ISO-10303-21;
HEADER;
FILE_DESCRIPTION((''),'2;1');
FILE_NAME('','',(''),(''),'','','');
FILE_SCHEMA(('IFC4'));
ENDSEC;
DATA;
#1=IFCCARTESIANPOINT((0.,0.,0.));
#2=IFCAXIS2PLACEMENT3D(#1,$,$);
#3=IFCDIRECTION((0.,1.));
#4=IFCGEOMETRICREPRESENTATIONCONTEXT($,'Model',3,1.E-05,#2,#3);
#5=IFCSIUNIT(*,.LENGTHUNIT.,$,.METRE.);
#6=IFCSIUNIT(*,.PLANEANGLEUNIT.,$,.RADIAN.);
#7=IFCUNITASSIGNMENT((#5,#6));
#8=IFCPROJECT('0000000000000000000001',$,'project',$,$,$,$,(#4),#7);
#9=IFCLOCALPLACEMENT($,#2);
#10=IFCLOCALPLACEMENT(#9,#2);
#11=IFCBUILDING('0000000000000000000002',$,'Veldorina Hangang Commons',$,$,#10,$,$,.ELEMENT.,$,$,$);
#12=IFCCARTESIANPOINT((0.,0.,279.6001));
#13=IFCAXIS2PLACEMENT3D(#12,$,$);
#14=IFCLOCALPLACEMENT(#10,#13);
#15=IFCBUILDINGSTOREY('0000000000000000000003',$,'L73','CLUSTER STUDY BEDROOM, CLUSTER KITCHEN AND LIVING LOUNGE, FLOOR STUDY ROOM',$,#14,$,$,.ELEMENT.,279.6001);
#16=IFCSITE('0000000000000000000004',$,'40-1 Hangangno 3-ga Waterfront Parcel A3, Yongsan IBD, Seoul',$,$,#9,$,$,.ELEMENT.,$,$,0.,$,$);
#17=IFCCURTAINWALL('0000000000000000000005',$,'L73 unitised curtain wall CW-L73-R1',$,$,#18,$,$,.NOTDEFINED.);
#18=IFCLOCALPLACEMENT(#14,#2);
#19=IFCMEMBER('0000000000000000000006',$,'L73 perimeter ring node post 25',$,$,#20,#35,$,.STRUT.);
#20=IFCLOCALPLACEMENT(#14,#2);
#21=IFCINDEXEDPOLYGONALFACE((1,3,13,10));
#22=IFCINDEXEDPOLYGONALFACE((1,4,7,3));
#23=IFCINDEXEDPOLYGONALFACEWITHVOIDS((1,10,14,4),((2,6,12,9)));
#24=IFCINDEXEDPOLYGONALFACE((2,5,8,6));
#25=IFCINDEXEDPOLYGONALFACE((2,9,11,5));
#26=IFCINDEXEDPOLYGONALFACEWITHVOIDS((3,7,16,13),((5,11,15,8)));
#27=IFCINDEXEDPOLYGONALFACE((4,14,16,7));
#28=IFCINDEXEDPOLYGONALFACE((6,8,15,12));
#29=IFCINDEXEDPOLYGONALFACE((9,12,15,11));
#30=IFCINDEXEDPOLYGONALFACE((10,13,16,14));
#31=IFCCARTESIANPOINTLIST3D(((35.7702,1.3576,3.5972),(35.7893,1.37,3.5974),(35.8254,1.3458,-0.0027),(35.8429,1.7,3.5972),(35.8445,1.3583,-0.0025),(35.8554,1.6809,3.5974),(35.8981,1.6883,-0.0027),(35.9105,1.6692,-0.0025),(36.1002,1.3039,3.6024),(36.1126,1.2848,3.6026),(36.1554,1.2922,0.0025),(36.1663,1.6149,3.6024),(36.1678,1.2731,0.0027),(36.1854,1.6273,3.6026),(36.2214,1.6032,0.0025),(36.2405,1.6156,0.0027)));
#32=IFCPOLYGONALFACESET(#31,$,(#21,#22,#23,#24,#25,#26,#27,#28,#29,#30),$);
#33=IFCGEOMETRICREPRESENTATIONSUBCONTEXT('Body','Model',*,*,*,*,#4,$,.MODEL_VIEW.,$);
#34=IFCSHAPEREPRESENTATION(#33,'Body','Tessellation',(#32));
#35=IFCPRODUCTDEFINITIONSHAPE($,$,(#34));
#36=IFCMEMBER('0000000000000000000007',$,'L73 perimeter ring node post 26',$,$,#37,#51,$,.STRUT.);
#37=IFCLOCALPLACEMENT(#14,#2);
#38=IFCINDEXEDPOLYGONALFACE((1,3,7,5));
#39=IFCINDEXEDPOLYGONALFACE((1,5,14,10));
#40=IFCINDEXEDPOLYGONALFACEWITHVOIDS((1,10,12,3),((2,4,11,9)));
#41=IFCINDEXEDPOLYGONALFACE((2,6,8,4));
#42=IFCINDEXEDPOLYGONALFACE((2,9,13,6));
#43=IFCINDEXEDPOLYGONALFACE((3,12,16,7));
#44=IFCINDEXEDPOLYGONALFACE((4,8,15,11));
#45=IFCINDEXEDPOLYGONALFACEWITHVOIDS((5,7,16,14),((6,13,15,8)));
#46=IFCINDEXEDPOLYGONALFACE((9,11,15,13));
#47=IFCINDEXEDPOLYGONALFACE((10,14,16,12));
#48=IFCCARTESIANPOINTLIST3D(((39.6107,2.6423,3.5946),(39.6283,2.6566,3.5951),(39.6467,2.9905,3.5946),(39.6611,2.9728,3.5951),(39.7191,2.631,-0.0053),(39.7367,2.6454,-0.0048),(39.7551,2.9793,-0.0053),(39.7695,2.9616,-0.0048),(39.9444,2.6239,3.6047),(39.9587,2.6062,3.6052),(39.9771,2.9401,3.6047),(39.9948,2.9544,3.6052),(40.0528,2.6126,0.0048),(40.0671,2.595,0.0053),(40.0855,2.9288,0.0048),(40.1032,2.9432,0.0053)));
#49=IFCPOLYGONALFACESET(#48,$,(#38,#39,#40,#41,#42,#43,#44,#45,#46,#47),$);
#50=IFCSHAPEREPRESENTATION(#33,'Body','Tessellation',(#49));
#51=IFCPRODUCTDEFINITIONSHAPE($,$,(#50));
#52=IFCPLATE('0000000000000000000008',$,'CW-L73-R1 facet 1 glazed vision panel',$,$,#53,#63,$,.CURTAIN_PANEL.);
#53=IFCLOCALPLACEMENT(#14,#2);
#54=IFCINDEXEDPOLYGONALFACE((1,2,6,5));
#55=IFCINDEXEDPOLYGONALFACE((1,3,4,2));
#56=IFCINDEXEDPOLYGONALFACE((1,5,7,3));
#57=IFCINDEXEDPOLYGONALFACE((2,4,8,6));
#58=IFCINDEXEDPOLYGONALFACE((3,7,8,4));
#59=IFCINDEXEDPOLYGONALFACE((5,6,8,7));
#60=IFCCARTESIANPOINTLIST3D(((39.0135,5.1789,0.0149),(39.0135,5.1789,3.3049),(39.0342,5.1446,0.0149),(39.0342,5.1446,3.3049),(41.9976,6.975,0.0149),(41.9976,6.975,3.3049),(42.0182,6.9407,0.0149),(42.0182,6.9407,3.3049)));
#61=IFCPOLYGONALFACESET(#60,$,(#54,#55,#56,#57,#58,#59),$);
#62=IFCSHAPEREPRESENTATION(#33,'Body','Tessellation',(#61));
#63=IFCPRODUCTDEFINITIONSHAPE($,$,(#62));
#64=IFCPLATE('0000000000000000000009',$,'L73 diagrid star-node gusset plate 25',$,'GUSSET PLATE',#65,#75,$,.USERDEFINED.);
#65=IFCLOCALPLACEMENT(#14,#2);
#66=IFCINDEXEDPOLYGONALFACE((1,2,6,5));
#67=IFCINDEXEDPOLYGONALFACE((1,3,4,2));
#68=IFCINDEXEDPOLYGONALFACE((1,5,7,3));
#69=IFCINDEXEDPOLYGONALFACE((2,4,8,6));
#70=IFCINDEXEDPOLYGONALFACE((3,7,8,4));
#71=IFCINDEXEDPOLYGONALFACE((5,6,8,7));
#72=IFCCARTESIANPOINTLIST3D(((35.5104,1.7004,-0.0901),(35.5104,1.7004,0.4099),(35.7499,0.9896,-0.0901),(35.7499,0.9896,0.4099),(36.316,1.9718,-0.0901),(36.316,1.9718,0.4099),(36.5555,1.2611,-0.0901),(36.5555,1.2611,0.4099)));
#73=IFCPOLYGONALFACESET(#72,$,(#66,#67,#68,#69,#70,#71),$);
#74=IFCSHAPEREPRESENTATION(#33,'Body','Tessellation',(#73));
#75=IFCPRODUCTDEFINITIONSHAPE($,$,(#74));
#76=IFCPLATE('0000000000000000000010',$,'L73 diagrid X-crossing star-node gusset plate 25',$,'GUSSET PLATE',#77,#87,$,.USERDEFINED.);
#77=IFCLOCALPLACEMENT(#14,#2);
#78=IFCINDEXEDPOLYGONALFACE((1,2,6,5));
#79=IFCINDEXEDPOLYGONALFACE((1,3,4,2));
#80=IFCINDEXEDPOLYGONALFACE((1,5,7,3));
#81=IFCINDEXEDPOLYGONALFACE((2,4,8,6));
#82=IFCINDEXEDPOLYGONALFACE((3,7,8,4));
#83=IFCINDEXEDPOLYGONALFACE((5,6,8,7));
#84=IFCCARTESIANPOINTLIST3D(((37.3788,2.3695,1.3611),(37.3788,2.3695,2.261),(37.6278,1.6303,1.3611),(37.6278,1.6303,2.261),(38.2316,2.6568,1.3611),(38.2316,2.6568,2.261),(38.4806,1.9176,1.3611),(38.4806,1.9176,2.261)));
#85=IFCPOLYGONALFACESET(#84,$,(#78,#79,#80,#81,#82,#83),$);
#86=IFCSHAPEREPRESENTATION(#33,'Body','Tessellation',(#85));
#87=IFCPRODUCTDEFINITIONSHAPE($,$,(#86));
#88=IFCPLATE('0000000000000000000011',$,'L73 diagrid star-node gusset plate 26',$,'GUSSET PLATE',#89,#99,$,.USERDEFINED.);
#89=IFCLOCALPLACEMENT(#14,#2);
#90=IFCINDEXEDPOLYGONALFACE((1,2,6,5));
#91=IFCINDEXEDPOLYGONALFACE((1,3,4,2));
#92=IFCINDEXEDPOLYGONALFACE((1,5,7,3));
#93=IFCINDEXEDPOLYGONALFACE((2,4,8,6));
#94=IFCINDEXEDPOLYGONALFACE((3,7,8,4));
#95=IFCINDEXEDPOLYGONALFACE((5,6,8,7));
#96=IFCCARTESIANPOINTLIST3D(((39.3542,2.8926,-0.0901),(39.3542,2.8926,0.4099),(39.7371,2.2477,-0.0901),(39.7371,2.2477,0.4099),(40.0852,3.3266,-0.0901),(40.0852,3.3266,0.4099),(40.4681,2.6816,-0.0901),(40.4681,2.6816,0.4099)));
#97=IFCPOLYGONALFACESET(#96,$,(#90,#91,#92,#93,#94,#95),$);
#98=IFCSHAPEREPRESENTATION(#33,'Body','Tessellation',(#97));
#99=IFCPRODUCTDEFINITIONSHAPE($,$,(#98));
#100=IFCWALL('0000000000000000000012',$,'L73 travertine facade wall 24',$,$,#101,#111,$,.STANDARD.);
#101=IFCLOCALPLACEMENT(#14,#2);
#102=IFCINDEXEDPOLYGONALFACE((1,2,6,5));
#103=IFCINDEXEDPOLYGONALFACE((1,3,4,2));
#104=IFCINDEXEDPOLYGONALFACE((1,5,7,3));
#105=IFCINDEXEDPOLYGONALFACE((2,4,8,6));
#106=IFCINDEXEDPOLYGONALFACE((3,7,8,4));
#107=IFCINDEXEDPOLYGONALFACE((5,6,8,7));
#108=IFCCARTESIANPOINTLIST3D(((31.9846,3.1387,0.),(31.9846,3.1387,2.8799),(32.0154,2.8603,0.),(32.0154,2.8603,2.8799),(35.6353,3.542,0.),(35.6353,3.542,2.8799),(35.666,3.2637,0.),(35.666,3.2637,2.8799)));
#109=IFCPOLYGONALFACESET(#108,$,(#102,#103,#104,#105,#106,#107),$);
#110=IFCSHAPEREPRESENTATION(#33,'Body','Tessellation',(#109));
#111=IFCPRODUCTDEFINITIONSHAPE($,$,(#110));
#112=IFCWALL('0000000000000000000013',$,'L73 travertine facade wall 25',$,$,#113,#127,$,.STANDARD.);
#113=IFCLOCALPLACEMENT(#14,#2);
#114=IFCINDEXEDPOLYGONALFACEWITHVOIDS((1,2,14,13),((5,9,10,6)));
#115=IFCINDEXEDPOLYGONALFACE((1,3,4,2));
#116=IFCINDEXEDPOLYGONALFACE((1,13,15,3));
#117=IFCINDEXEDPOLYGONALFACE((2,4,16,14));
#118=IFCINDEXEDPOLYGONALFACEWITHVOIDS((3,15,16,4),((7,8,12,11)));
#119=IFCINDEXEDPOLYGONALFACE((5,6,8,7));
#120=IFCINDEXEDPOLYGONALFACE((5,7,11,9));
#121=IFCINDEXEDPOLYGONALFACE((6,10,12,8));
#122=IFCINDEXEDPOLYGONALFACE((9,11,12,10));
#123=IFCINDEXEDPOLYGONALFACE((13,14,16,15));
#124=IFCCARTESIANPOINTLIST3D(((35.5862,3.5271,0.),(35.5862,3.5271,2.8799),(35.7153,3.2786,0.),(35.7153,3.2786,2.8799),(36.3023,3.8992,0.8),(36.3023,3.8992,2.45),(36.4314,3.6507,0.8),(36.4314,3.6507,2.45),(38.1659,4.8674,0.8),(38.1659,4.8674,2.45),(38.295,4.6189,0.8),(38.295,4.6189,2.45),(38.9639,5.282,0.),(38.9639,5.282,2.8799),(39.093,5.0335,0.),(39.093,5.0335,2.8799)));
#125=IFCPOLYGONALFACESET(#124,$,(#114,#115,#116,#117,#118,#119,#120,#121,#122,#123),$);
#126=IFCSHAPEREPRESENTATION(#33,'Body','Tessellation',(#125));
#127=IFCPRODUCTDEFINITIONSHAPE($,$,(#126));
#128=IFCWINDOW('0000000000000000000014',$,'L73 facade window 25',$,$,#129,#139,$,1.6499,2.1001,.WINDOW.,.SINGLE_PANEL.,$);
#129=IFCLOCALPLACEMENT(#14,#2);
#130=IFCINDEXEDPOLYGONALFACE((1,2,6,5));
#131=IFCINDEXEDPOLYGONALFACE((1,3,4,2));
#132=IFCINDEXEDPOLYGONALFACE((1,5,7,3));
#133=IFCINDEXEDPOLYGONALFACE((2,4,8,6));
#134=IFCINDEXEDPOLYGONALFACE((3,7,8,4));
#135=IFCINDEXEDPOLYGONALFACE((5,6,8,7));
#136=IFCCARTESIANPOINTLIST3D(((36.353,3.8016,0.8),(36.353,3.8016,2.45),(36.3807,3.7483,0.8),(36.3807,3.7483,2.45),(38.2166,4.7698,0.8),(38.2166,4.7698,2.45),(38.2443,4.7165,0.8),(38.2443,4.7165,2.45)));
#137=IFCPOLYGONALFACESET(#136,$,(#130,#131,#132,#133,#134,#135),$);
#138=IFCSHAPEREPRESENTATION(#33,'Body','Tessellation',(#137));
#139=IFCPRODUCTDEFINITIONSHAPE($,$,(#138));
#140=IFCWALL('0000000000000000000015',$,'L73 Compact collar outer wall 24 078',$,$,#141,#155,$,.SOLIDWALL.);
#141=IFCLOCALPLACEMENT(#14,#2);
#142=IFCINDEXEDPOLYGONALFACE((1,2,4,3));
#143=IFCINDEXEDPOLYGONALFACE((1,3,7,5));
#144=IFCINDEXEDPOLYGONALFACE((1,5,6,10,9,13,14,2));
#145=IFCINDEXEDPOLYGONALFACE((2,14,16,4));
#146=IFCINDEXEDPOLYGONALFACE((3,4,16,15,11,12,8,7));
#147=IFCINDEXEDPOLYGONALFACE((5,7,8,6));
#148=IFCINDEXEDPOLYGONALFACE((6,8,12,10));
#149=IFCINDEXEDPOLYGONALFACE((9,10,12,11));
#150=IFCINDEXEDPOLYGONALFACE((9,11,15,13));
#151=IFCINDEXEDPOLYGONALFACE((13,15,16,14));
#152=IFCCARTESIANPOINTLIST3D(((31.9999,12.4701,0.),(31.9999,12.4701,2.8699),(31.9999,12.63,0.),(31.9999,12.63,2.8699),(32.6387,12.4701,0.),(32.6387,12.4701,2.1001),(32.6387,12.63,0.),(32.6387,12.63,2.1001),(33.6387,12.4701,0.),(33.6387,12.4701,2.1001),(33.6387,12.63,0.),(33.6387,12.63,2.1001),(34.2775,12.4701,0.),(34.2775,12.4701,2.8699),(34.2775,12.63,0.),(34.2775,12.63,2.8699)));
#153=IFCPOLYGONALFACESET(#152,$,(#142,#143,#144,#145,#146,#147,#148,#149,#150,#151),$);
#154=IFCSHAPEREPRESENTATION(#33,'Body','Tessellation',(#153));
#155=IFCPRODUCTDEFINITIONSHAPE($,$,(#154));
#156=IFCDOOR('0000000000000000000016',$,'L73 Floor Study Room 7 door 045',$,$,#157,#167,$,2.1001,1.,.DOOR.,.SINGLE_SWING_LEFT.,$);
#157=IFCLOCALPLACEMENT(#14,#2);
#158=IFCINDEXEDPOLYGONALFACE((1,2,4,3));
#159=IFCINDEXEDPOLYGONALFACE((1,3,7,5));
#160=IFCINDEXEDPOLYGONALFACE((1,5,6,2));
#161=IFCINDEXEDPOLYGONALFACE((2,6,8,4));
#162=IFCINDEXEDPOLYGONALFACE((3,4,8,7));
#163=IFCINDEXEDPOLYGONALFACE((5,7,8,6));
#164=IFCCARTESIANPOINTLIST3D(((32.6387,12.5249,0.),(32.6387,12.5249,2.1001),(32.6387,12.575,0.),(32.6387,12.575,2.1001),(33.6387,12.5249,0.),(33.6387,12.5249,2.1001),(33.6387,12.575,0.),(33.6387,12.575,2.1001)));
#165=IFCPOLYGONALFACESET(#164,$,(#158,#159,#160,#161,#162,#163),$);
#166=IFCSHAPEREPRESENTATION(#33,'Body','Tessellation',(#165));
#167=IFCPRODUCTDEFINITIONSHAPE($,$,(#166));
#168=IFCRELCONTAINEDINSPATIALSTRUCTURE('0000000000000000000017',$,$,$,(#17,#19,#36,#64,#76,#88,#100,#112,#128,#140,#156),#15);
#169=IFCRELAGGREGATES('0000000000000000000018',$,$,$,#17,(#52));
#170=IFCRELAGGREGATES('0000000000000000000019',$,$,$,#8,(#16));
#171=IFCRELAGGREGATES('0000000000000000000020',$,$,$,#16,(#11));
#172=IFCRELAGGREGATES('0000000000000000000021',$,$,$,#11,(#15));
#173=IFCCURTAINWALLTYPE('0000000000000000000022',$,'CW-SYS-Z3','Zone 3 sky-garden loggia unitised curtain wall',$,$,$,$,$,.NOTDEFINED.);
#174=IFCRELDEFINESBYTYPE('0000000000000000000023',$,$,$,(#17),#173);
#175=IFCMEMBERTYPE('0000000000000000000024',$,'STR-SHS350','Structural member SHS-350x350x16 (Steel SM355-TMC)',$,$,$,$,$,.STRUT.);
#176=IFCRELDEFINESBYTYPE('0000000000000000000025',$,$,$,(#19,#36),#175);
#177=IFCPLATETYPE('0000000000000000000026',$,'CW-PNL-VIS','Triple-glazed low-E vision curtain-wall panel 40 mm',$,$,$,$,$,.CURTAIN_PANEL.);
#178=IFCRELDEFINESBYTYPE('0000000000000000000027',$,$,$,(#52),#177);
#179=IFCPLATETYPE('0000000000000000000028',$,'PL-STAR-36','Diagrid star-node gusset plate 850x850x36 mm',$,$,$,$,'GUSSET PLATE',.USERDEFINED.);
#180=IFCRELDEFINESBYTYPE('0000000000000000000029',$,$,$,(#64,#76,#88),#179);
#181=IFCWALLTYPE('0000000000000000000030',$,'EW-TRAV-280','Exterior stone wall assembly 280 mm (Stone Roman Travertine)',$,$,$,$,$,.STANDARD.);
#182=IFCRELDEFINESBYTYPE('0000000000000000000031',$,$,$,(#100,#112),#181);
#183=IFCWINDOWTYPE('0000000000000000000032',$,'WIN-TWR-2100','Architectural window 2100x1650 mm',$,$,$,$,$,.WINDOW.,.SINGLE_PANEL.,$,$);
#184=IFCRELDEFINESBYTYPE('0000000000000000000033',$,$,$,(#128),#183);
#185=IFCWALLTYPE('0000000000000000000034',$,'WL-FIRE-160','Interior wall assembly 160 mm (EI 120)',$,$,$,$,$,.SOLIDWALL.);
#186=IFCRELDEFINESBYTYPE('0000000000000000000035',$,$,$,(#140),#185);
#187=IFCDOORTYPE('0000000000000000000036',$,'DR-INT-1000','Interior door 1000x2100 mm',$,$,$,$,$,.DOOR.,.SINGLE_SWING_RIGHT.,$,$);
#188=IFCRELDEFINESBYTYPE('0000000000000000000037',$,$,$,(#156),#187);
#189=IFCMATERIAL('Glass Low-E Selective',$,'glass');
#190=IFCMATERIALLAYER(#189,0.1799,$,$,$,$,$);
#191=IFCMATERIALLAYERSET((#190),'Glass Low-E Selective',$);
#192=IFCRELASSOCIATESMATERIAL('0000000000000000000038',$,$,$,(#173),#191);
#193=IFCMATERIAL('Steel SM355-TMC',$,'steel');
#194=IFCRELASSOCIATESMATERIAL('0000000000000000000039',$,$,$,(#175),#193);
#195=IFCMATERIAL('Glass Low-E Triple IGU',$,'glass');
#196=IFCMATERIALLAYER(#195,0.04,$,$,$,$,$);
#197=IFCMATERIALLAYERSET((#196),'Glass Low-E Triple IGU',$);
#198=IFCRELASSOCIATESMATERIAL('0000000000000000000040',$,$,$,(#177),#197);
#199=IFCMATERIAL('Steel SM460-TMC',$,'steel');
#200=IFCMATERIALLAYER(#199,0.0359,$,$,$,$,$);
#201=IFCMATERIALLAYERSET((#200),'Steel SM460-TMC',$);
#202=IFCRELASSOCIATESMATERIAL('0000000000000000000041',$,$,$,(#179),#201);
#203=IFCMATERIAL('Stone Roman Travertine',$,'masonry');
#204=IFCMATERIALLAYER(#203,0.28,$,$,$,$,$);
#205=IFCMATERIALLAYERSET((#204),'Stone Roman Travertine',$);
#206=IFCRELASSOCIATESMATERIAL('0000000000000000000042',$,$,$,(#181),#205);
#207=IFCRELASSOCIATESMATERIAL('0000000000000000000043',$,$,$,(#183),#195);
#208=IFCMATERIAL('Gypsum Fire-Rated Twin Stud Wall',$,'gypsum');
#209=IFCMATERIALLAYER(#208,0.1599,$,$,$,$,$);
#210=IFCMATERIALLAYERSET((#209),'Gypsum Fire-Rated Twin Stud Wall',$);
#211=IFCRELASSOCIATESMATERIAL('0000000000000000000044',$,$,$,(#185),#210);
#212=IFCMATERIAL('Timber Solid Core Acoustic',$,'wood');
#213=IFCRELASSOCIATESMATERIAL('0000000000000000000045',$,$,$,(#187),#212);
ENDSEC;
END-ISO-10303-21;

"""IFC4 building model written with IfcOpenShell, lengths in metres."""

from ifc_helpers import new_model, si_unit, direction, frame, frame_2d, origin, origin_2d, place, context, subcontext, project, spatial, rectangle, hollow_rectangle, extrude, material, layer, layer_set, material_profile, profile_set, type_object, element, fill, aggregate, save


model = new_model("IFC4")

# Units and contexts
model_context = context("Model", 3, precision=1e-05, world=origin(), true_north=direction((0.0, 1.0)))
body_context = subcontext(model_context, "Body", "Model", "MODEL_VIEW")
ifc_project = project(units=[si_unit("LENGTHUNIT", "METRE"), si_unit("PLANEANGLEUNIT", "RADIAN")], contexts=[model_context])

# Site, building, storey
site_placement = place(None, origin())
site = spatial("IfcSite", under=ifc_project, at=site_placement, Name="40-1 Hangangno 3-ga Waterfront Parcel A3, Yongsan IBD, Seoul", CompositionType="ELEMENT", RefElevation=0.0)
building_placement = place(site_placement, origin())
building = spatial("IfcBuilding", under=site, at=building_placement, Name="Veldorina Hangang Commons", CompositionType="ELEMENT")
storey_placement = place(building_placement, frame((0.0, 0.0, 279.6001)))
storey = spatial("IfcBuildingStorey", under=building, at=storey_placement, Name="L73", Description="CLUSTER STUDY BEDROOM, CLUSTER KITCHEN AND LIVING LOUNGE, FLOOR STUDY ROOM", CompositionType="ELEMENT", Elevation=279.6001)

# Shared definitions
ifc_material_1 = material(Name="Steel SM355-TMC", Category="steel")

# Curtain wall
ifc_material_2 = material(Name="Glass Low-E Selective", Category="glass")
ifc_layer_1 = layer(ifc_material_2, 0.1799)
ifc_layer_set_1 = layer_set([ifc_layer_1], Name="Glass Low-E Selective")
curtain_wall_type = type_object("IfcCurtainWallType", Name="CW-SYS-Z3", Description="Zone 3 sky-garden loggia unitised curtain wall", PredefinedType="NOTDEFINED", material=ifc_layer_set_1)
curtain_wall_placement = place(storey_placement, origin())
curtain_wall = element("IfcCurtainWall", 1, at=curtain_wall_placement, inside=storey, type_object=curtain_wall_type, Name="L73 unitised curtain wall CW-L73-R1", PredefinedType="NOTDEFINED")

# Members
ifc_material_profile_1 = material_profile(ifc_material_1, hollow_rectangle(XDim=0.3501, YDim=0.3501, WallThickness=0.0161, at=origin_2d()), Name="SHS-350x350x16")
ifc_profile_set_1 = profile_set([ifc_material_profile_1], Name="Steel SM355-TMC")
member_type_1 = type_object("IfcMemberType", Name="STR-SHS350", Description="Structural member SHS-350x350x16 (Steel SM355-TMC)", PredefinedType="STRUT", material=ifc_profile_set_1)
member_1_placement = place(storey_placement, frame((36.033, 1.4807, 0.0), z_axis=(-0.015325, 0.003255, 0.999877), x_axis=(-0.207755, -0.978181, 0.0)))
element("IfcMember", 2, at=member_1_placement, inside=storey, type_object=member_type_1, Name="L73 perimeter ring node post 25", PredefinedType="STRUT", context=body_context, shape_type="SweptSolid", body=[
    extrude(hollow_rectangle(XDim=0.3501, YDim=0.3501, WallThickness=0.0161, at=origin_2d()), origin(), (0.0, 0.0, 1.0), 3.6003),
])
member_2_placement = place(storey_placement, frame((39.9111, 2.7871, 0.0), z_axis=(-0.030098, 0.003118, 0.999542), x_axis=(-0.103052, -0.994676, 0.0)))
element("IfcMember", 3, at=member_2_placement, inside=storey, type_object=member_type_1, Name="L73 perimeter ring node post 26", PredefinedType="STRUT", context=body_context, shape_type="SweptSolid", body=[
    extrude(hollow_rectangle(XDim=0.3501, YDim=0.3501, WallThickness=0.0161, at=origin_2d()), origin(), (0.0, 0.0, 1.0), 3.6016),
])

# Plate
ifc_material_3 = material(Name="Glass Low-E Triple IGU", Category="glass")
ifc_layer_2 = layer(ifc_material_3, 0.04)
ifc_layer_set_2 = layer_set([ifc_layer_2], Name="Glass Low-E Triple IGU")
plate_type_1 = type_object("IfcPlateType", Name="CW-PNL-VIS", Description="Triple-glazed low-E vision curtain-wall panel 40 mm", PredefinedType="CURTAIN_PANEL", material=ifc_layer_set_2)
plate_1_placement = place(storey_placement, frame((40.5159, 6.0598, 0.0149), z_axis=(0.0, 0.0, 1.0), x_axis=(0.856772, 0.515696, 0.0)))
plate_1 = element("IfcPlate", 4, at=plate_1_placement, type_object=plate_type_1, Name="CW-L73-R1 facet 1 glazed vision panel", PredefinedType="CURTAIN_PANEL", context=body_context, shape_type="SweptSolid", body=[
    extrude(rectangle(XDim=3.4829, YDim=0.04, at=origin_2d()), origin(), (0.0, 0.0, 1.0), 3.29),
])
aggregate(curtain_wall, [plate_1])

# Plates
ifc_material_4 = material(Name="Steel SM460-TMC", Category="steel")
ifc_layer_3 = layer(ifc_material_4, 0.0359)
ifc_layer_set_3 = layer_set([ifc_layer_3], Name="Steel SM460-TMC")
plate_type_2 = type_object("IfcPlateType", Name="PL-STAR-36", Description="Diagrid star-node gusset plate 850x850x36 mm", ElementType="GUSSET PLATE", PredefinedType="USERDEFINED", material=ifc_layer_set_3)
plate_2_placement = place(storey_placement, frame((36.033, 1.4807, -0.0901), z_axis=(0.0, 0.0, 1.0), x_axis=(0.947657, 0.31929, 0.0)))
element("IfcPlate", 5, at=plate_2_placement, inside=storey, type_object=plate_type_2, Name="L73 diagrid star-node gusset plate 25", ObjectType="GUSSET PLATE", PredefinedType="USERDEFINED", context=body_context, shape_type="SweptSolid", body=[
    extrude(rectangle(XDim=0.8501, YDim=0.75, at=origin_2d()), origin(), (0.0, 0.0, 1.0), 0.5),
])
plate_3_placement = place(storey_placement, frame((37.9297, 2.1436, 1.3611), z_axis=(0.0, 0.0, 1.0), x_axis=(0.947657, 0.31929, 0.0)))
element("IfcPlate", 6, at=plate_3_placement, inside=storey, type_object=plate_type_2, Name="L73 diagrid X-crossing star-node gusset plate 25", ObjectType="GUSSET PLATE", PredefinedType="USERDEFINED", context=body_context, shape_type="SweptSolid", body=[
    extrude(rectangle(XDim=0.8999, YDim=0.78, at=origin_2d()), origin(), (0.0, 0.0, 1.0), 0.8999),
])
plate_4_placement = place(storey_placement, frame((39.9111, 2.7871, -0.0901), z_axis=(0.0, 0.0, 1.0), x_axis=(0.859879, 0.510498, 0.0)))
element("IfcPlate", 7, at=plate_4_placement, inside=storey, type_object=plate_type_2, Name="L73 diagrid star-node gusset plate 26", ObjectType="GUSSET PLATE", PredefinedType="USERDEFINED", context=body_context, shape_type="SweptSolid", body=[
    extrude(rectangle(XDim=0.8501, YDim=0.75, at=origin_2d()), origin(), (0.0, 0.0, 1.0), 0.5),
])

# Wall
ifc_material_5 = material(Name="Stone Roman Travertine", Category="masonry")
ifc_layer_4 = layer(ifc_material_5, 0.28)
ifc_layer_set_4 = layer_set([ifc_layer_4], Name="Stone Roman Travertine")
wall_type_1 = type_object("IfcWallType", Name="EW-TRAV-280", Description="Exterior stone wall assembly 280 mm (Stone Roman Travertine)", PredefinedType="STANDARD", material=ifc_layer_set_4)
wall_1_placement = place(storey_placement, frame((32.0, 2.9995, 0.0), z_axis=(0.0, 0.0, 1.0), x_axis=(0.993952, 0.109811, 0.0)))
element("IfcWall", 8, at=wall_1_placement, inside=storey, type_object=wall_type_1, Name="L73 travertine facade wall 24", PredefinedType="STANDARD", context=body_context, shape_type="SweptSolid", body=[
    extrude(rectangle(XDim=3.6729, YDim=0.28, at=frame_2d((1.8364, 0.0))), origin(), (0.0, 0.0, 1.0), 2.8799),
])

# Wall, opening, window
wall_2_placement = place(storey_placement, frame((35.6506, 3.4028, 0.0), z_axis=(0.0, 0.0, 1.0), x_axis=(0.88738, 0.46104, 0.0)))
wall_2 = element("IfcWall", 9, at=wall_2_placement, inside=storey, type_object=wall_type_1, Name="L73 travertine facade wall 25", PredefinedType="STANDARD", context=body_context, shape_type="SweptSolid", body=[
    extrude(rectangle(XDim=3.8064, YDim=0.28, at=frame_2d((1.9033, 0.0))), origin(), (0.0, 0.0, 1.0), 2.8799),
])
opening_1_placement = place(wall_2_placement, frame((0.8071, 0.0, 0.8)))
opening_1 = element("IfcOpeningElement", 10, at=opening_1_placement, cuts=wall_2, PredefinedType="OPENING", context=body_context, shape_type="SweptSolid", body=[
    extrude(rectangle(XDim=2.1001, YDim=1.6499, at=frame_2d((1.05, 0.825))), frame((0.0, 0.1499, 0.0), z_axis=(0.0, -1.0, 0.0), x_axis=(1.0, 0.0, 0.0)), (0.0, 0.0, 1.0), 0.3),
])
window_type = type_object("IfcWindowType", Name="WIN-TWR-2100", Description="Architectural window 2100x1650 mm", PartitioningType="SINGLE_PANEL", PredefinedType="WINDOW", material=ifc_material_3)
window_placement = place(opening_1_placement, origin())
window = element("IfcWindow", 11, at=window_placement, inside=storey, type_object=window_type, Name="L73 facade window 25", OverallHeight=1.6499, OverallWidth=2.1001, PartitioningType="SINGLE_PANEL", PredefinedType="WINDOW", context=body_context, shape_type="SweptSolid", body=[
    extrude(rectangle(XDim=2.1001, YDim=1.6499, at=frame_2d((1.05, 0.825))), frame((0.0, 0.03, 0.0), z_axis=(0.0, -1.0, 0.0), x_axis=(1.0, 0.0, 0.0)), (0.0, 0.0, 1.0), 0.0601),
])
fill(opening_1, window)

# Wall, opening, door
ifc_material_6 = material(Name="Gypsum Fire-Rated Twin Stud Wall", Category="gypsum")
ifc_layer_5 = layer(ifc_material_6, 0.1599)
ifc_layer_set_5 = layer_set([ifc_layer_5], Name="Gypsum Fire-Rated Twin Stud Wall")
wall_type_2 = type_object("IfcWallType", Name="WL-FIRE-160", Description="Interior wall assembly 160 mm (EI 120)", PredefinedType="SOLIDWALL", material=ifc_layer_set_5)
wall_3_placement = place(storey_placement, frame((32.0, 12.55, 0.0), z_axis=(0.0, 0.0, 1.0), x_axis=(1.0, 0.0, 0.0)))
wall_3 = element("IfcWall", 12, at=wall_3_placement, inside=storey, type_object=wall_type_2, Name="L73 Compact collar outer wall 24 078", PredefinedType="SOLIDWALL", context=body_context, shape_type="SweptSolid", body=[
    extrude(rectangle(XDim=2.2776, YDim=0.1599, at=frame_2d((1.1387, 0.0))), origin(), (0.0, 0.0, 1.0), 2.8699),
])
opening_2_placement = place(wall_3_placement, frame((0.6387, 0.0, 0.0)))
opening_2 = element("IfcOpeningElement", 13, at=opening_2_placement, cuts=wall_3, PredefinedType="OPENING", context=body_context, shape_type="SweptSolid", body=[
    extrude(rectangle(XDim=1.0, YDim=2.1001, at=frame_2d((0.5, 1.05))), frame((0.0, 0.0898, 0.0), z_axis=(0.0, -1.0, 0.0), x_axis=(1.0, 0.0, 0.0)), (0.0, 0.0, 1.0), 0.1799),
])
ifc_material_7 = material(Name="Timber Solid Core Acoustic", Category="wood")
door_type_1 = type_object("IfcDoorType", Name="DR-INT-1000", Description="Interior door 1000x2100 mm", OperationType="SINGLE_SWING_RIGHT", PredefinedType="DOOR", material=ifc_material_7)
door_1_placement = place(opening_2_placement, origin())
door_1 = element("IfcDoor", 14, at=door_1_placement, inside=storey, type_object=door_type_1, Name="L73 Floor Study Room 7 door 045", OperationType="SINGLE_SWING_LEFT", OverallHeight=2.1001, OverallWidth=1.0, PredefinedType="DOOR", context=body_context, shape_type="SweptSolid", body=[
    extrude(rectangle(XDim=1.0, YDim=2.1001, at=frame_2d((0.5, 1.05))), frame((0.0, 0.0249, 0.0), z_axis=(0.0, -1.0, 0.0), x_axis=(1.0, 0.0, 0.0)), (0.0, 0.0, 1.0), 0.05),
])
fill(opening_2, door_1)

save(model, "model.ifc")
